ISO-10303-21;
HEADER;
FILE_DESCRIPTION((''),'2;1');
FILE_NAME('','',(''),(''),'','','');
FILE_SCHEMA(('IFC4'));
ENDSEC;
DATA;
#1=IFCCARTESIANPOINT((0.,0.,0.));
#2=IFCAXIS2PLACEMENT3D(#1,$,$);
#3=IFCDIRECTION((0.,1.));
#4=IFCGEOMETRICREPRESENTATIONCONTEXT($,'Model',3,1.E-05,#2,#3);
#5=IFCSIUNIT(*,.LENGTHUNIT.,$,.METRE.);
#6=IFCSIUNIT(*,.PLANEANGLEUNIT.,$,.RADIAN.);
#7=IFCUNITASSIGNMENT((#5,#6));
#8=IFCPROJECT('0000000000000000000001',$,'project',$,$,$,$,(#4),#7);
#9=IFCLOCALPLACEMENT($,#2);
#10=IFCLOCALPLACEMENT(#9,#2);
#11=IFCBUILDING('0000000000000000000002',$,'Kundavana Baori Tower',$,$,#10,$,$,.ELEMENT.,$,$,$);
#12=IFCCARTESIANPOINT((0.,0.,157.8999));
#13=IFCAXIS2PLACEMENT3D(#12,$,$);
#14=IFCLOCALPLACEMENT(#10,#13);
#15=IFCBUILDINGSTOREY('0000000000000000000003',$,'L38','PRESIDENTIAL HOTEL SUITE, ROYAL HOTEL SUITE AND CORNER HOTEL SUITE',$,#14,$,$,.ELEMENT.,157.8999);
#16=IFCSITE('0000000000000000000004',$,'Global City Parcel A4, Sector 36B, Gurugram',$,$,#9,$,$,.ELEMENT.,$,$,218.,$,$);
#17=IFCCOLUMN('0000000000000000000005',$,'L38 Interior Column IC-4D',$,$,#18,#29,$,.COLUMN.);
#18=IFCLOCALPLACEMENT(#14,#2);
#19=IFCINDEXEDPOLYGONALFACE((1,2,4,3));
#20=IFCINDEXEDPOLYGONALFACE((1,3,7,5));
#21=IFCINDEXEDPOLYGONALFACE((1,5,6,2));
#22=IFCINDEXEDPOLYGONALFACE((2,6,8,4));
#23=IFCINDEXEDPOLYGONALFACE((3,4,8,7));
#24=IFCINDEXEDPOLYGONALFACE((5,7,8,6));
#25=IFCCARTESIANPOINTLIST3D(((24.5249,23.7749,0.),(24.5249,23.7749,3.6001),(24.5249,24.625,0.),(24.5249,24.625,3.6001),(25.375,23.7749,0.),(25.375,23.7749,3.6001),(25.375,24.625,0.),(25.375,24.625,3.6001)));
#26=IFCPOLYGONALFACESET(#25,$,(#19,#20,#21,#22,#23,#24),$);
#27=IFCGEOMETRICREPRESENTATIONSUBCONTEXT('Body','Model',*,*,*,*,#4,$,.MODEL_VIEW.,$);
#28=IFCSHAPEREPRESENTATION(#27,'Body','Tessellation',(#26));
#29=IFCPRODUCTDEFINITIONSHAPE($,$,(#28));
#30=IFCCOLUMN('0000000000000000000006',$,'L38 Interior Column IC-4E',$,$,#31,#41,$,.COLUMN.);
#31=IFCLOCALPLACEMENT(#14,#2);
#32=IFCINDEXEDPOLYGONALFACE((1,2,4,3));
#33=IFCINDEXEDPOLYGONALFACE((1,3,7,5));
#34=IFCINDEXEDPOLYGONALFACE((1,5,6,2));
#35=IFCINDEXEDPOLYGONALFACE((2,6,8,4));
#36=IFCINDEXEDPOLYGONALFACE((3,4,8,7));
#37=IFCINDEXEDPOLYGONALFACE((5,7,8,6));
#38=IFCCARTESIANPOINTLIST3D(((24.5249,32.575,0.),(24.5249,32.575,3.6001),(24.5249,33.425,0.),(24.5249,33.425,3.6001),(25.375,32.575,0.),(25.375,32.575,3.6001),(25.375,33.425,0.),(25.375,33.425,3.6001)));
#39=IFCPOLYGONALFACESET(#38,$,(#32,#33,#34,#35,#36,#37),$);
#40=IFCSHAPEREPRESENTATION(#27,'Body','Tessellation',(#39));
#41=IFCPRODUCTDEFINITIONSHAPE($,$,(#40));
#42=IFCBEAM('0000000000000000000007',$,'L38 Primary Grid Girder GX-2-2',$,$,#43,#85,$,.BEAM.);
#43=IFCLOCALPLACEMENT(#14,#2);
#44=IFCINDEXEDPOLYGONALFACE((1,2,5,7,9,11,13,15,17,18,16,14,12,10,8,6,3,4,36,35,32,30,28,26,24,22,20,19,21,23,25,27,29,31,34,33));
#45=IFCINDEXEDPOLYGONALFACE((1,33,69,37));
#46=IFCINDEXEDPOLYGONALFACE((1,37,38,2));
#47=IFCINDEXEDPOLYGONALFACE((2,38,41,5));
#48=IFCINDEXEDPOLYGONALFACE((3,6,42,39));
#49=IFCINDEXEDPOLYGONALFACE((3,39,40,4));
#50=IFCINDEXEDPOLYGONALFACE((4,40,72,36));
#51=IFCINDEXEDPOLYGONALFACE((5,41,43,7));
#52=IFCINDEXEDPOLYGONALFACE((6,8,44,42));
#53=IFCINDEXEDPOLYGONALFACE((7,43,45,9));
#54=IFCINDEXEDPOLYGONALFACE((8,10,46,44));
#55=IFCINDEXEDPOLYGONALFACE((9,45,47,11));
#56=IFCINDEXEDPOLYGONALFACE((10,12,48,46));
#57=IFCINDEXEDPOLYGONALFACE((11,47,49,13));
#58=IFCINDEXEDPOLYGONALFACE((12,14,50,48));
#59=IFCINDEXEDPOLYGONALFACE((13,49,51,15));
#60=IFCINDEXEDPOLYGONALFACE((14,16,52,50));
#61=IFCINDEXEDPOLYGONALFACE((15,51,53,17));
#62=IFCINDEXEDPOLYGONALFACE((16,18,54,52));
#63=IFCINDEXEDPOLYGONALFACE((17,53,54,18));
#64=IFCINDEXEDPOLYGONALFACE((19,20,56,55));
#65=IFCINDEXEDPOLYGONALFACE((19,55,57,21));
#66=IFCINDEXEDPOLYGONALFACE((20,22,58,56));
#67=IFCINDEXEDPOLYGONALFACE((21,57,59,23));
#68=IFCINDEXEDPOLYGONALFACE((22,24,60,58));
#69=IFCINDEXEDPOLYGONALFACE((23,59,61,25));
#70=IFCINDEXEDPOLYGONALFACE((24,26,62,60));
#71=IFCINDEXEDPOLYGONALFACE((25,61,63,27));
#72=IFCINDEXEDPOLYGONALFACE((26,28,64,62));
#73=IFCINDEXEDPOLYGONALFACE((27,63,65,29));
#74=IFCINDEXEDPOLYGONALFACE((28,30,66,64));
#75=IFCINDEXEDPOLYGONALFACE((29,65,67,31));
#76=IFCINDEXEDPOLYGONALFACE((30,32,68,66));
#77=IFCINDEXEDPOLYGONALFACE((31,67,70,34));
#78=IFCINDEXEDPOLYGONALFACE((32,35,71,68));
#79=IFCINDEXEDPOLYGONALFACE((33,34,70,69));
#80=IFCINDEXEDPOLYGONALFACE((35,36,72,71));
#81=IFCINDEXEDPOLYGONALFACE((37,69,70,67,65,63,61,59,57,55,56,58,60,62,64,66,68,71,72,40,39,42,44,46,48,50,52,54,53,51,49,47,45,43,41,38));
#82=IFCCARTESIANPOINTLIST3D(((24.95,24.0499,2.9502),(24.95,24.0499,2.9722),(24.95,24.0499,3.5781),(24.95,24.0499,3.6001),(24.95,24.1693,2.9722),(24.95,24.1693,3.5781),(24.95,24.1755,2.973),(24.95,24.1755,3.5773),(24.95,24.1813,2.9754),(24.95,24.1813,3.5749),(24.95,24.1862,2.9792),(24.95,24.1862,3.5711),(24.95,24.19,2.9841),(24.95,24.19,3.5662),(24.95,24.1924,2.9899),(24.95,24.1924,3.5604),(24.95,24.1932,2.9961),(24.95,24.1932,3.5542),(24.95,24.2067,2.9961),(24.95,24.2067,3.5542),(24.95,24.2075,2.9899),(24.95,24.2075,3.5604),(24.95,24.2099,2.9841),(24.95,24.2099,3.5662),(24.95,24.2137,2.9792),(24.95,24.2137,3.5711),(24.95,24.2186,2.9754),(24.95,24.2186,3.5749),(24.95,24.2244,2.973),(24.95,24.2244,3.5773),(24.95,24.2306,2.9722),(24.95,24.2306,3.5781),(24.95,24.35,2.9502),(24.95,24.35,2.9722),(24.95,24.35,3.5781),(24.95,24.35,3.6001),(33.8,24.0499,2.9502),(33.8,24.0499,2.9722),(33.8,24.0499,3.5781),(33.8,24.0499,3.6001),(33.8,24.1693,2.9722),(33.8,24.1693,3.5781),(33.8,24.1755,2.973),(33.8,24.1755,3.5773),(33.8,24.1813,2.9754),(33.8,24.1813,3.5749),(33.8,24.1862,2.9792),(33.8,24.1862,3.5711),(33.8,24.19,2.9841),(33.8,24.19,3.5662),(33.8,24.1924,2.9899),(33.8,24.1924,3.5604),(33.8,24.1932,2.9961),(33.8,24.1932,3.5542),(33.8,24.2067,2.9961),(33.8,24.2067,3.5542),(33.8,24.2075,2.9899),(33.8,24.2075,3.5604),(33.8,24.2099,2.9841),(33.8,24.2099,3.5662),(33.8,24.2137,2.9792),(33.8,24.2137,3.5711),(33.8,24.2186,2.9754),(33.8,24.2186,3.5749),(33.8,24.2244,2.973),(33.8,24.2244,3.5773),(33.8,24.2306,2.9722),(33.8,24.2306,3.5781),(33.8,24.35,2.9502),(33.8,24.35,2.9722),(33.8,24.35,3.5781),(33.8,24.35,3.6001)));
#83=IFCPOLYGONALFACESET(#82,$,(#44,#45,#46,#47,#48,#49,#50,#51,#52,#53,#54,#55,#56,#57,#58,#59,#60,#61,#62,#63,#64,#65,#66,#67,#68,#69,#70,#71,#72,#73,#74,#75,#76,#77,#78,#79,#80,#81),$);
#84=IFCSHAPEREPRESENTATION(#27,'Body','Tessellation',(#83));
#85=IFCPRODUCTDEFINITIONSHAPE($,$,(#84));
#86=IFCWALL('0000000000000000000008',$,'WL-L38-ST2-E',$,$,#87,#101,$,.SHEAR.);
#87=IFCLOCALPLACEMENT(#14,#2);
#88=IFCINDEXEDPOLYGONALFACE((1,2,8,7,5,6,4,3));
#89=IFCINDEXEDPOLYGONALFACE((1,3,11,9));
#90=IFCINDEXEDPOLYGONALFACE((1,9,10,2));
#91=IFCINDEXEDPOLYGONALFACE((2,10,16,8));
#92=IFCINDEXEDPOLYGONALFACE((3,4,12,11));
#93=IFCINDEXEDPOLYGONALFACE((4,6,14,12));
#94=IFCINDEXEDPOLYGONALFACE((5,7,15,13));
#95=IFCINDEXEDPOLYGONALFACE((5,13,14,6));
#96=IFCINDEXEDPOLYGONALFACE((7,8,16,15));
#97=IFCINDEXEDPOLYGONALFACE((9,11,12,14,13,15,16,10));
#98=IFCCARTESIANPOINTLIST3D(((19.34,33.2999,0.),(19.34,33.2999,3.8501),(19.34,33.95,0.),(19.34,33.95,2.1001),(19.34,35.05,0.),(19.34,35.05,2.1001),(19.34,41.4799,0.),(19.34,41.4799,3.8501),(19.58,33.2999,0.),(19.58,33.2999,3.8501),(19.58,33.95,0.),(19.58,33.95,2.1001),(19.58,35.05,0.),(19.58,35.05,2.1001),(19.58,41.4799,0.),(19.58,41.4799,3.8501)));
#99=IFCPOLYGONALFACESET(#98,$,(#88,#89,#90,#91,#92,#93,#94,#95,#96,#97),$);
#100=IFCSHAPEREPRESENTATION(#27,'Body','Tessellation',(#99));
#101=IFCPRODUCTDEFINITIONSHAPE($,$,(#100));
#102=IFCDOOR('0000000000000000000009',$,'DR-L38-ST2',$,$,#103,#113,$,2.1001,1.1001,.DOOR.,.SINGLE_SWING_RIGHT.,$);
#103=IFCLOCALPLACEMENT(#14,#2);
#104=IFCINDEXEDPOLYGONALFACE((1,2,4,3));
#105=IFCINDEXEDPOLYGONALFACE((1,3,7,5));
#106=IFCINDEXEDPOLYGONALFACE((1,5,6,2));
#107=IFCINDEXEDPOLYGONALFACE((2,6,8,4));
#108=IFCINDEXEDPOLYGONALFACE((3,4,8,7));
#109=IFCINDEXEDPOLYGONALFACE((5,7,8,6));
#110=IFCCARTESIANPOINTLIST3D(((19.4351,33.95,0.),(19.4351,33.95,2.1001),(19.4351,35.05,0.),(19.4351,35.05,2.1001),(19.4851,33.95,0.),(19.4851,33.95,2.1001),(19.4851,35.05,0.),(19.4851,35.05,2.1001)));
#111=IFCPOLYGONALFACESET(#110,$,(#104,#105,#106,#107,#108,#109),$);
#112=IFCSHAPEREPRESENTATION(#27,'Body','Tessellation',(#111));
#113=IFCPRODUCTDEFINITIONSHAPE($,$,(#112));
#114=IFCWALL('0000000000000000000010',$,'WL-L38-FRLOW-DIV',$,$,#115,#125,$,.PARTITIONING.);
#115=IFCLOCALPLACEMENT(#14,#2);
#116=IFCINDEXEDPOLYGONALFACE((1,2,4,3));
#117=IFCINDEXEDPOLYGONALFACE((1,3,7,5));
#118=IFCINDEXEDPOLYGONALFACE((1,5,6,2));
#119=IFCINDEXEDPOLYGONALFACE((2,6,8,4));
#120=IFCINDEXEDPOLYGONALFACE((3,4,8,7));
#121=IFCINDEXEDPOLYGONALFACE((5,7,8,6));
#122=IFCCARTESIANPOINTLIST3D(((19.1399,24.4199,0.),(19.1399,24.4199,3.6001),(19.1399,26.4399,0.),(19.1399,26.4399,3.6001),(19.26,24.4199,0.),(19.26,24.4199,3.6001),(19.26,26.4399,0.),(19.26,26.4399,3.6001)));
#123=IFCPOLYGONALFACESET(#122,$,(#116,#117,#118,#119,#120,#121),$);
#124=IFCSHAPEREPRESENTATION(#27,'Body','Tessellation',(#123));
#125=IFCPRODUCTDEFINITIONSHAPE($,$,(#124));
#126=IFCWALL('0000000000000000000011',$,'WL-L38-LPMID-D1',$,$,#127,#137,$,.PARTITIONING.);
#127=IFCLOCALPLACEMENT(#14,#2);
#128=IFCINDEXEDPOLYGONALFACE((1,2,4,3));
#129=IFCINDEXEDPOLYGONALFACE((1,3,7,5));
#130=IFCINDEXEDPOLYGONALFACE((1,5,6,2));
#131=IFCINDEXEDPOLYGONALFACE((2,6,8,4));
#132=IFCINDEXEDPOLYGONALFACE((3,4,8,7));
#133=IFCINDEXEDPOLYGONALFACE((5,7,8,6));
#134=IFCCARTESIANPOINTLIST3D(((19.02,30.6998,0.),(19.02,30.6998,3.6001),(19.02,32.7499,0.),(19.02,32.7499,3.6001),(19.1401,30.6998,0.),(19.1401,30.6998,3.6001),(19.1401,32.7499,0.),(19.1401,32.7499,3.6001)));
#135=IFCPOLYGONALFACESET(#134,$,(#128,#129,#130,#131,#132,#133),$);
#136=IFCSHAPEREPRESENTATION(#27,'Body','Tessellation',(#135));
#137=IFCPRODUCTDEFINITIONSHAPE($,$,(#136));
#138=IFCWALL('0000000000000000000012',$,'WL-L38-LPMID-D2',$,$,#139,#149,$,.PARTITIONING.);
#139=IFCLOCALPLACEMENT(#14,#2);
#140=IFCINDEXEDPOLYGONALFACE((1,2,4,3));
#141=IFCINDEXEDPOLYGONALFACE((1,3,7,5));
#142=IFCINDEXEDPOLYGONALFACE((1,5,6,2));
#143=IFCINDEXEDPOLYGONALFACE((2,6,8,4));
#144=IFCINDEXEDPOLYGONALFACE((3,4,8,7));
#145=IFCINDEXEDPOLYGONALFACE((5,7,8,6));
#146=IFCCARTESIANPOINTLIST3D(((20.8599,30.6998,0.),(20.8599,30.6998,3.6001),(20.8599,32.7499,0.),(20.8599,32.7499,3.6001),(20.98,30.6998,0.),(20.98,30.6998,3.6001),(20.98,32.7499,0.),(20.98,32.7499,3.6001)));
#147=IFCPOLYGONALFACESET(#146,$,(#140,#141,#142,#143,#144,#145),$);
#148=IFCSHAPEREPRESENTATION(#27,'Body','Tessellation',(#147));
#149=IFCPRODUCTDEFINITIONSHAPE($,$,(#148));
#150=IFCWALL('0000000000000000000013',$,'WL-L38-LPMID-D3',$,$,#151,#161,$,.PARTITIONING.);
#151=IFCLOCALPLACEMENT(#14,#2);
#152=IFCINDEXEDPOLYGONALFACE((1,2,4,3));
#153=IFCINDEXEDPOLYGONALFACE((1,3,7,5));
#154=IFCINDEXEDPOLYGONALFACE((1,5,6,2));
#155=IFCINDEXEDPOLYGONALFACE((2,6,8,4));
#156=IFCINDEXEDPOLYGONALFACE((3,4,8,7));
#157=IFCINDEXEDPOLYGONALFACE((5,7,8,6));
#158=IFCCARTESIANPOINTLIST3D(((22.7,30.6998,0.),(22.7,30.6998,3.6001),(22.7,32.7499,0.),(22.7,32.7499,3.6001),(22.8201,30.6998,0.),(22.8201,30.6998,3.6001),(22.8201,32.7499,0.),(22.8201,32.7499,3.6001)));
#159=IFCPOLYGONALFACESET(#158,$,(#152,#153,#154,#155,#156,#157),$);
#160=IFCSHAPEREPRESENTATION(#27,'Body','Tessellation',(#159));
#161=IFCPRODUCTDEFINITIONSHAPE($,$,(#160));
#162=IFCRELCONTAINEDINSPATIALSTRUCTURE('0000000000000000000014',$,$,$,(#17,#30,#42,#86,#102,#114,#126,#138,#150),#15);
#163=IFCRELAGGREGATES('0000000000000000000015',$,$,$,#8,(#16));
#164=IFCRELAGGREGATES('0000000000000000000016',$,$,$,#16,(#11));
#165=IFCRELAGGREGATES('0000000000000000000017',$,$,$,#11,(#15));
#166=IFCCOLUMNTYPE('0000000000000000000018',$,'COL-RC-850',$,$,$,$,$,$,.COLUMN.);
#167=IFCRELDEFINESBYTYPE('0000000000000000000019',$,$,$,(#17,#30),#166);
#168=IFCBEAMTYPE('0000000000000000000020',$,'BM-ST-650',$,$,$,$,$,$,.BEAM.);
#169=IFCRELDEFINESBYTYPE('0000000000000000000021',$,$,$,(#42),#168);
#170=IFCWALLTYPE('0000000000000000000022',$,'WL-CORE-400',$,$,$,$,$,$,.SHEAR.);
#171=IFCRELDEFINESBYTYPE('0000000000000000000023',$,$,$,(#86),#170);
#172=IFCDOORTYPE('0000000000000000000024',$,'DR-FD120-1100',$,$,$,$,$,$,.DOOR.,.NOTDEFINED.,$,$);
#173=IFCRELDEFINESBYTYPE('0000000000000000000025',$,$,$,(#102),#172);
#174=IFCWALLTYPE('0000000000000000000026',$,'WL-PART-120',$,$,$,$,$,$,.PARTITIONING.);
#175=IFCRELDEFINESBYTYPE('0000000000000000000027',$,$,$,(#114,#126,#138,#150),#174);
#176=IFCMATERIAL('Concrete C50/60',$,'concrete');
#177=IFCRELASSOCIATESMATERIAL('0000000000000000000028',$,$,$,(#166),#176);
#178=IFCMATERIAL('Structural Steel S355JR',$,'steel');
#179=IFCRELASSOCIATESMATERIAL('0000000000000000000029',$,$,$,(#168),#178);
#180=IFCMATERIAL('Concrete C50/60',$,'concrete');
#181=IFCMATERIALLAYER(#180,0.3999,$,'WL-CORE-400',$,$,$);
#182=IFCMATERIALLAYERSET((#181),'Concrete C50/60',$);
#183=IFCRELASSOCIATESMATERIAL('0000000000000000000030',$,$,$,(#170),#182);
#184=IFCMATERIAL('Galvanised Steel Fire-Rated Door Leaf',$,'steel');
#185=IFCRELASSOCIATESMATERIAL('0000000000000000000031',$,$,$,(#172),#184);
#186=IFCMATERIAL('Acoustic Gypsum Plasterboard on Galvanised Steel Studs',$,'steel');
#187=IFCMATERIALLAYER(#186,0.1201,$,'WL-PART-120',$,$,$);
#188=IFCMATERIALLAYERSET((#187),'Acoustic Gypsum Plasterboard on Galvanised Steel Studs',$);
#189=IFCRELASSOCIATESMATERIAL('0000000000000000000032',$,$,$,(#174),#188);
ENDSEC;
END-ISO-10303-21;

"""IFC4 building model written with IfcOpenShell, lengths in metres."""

from ifc_helpers import new_model, si_unit, direction, frame, frame_2d, origin, origin_2d, place, context, subcontext, project, spatial, rectangle, i_section, extrude, material, layer, layer_set, material_profile, profile_set, type_object, element, fill, save


model = new_model("IFC4")

# Units and contexts
model_context = context("Model", 3, precision=1e-05, world=origin(), true_north=direction((0.0, 1.0)))
body_context = subcontext(model_context, "Body", "Model", "MODEL_VIEW")
ifc_project = project(units=[si_unit("LENGTHUNIT", "METRE"), si_unit("PLANEANGLEUNIT", "RADIAN")], contexts=[model_context])

# Site, building, storey
site_placement = place(None, origin())
site = spatial("IfcSite", under=ifc_project, at=site_placement, Name="Global City Parcel A4, Sector 36B, Gurugram", CompositionType="ELEMENT", RefElevation=218.0)
building_placement = place(site_placement, origin())
building = spatial("IfcBuilding", under=site, at=building_placement, Name="Kundavana Baori Tower", CompositionType="ELEMENT")
storey_placement = place(building_placement, frame((0.0, 0.0, 157.8999)))
storey = spatial("IfcBuildingStorey", under=building, at=storey_placement, Name="L38", Description="PRESIDENTIAL HOTEL SUITE, ROYAL HOTEL SUITE AND CORNER HOTEL SUITE", CompositionType="ELEMENT", Elevation=157.8999)

# Columns
ifc_material_1 = material(Name="Concrete C50/60", Category="concrete")
ifc_material_profile_1 = material_profile(ifc_material_1, rectangle(XDim=0.8501, YDim=0.8501, at=origin_2d()), Name="RC 850x850")
ifc_profile_set_1 = profile_set([ifc_material_profile_1], Name="Concrete C50/60")
column_type = type_object("IfcColumnType", Name="COL-RC-850", PredefinedType="COLUMN", material=ifc_profile_set_1)
for number, where, z_axis, x_axis, name in (
    (1, (24.95, 24.2, 0.0), (0.0, 0.0, 1.0), (1.0, 0.0, 0.0), "L38 Interior Column IC-4D"),
    (2, (24.95, 33.0, 0.0), (0.0, 0.0, 1.0), (1.0, 0.0, 0.0), "L38 Interior Column IC-4E"),
):
    element("IfcColumn", number, at=place(storey_placement, frame(where, z_axis=z_axis, x_axis=x_axis)), inside=storey, type_object=column_type, Name=name, PredefinedType="COLUMN", context=body_context, shape_type="SweptSolid", body=[
        extrude(rectangle(XDim=0.8501, YDim=0.8501, at=origin_2d()), origin(), (0.0, 0.0, 1.0), 3.6001),
    ])

# Beam
ifc_material_2 = material(Name="Structural Steel S355JR", Category="steel")
ifc_material_profile_2 = material_profile(ifc_material_2, i_section(OverallWidth=0.3, OverallDepth=0.6499, WebThickness=0.0134, FlangeThickness=0.022, FilletRadius=0.0239, at=origin_2d()), Name="NPB 650x300x155")
ifc_profile_set_2 = profile_set([ifc_material_profile_2], Name="Structural Steel S355JR")
beam_type = type_object("IfcBeamType", Name="BM-ST-650", PredefinedType="BEAM", material=ifc_profile_set_2)
beam_placement = place(storey_placement, frame((24.95, 24.2, 3.2751), z_axis=(1.0, 0.0, 0.0), x_axis=(0.0, 1.0, 0.0)))
element("IfcBeam", 3, at=beam_placement, inside=storey, type_object=beam_type, Name="L38 Primary Grid Girder GX-2-2", PredefinedType="BEAM", context=body_context, shape_type="SweptSolid", body=[
    extrude(i_section(OverallWidth=0.3, OverallDepth=0.6499, WebThickness=0.0134, FlangeThickness=0.022, FilletRadius=0.0239, at=origin_2d()), origin(), (0.0, 0.0, 1.0), 8.8501),
])

# Wall, opening, door
ifc_material_3 = material(Name="Concrete C50/60", Category="concrete")
ifc_layer_1 = layer(ifc_material_3, 0.3999, Name="WL-CORE-400")
ifc_layer_set_1 = layer_set([ifc_layer_1], Name="Concrete C50/60")
wall_type_1 = type_object("IfcWallType", Name="WL-CORE-400", PredefinedType="SHEAR", material=ifc_layer_set_1)
wall_1_placement = place(storey_placement, frame((19.46, 33.3, 0.0), z_axis=(0.0, 0.0, 1.0), x_axis=(0.0, 1.0, 0.0)))
wall_1 = element("IfcWall", 4, at=wall_1_placement, inside=storey, type_object=wall_type_1, Name="WL-L38-ST2-E", PredefinedType="SHEAR", context=body_context, shape_type="SweptSolid", body=[
    extrude(rectangle(XDim=8.1799, YDim=0.24, at=frame_2d((4.0898, 0.0))), origin(), (0.0, 0.0, 1.0), 3.8501),
])
opening_1_placement = place(wall_1_placement, frame((0.6499, 0.0, 0.0)))
opening_1 = element("IfcOpeningElement", 5, at=opening_1_placement, cuts=wall_1, PredefinedType="OPENING", context=body_context, shape_type="SweptSolid", body=[
    extrude(rectangle(XDim=1.1001, YDim=2.1001, at=frame_2d((0.55, 1.05))), frame((0.0, 0.1299, 0.0), z_axis=(0.0, -1.0, 0.0), x_axis=(1.0, 0.0, 0.0)), (0.0, 0.0, 1.0), 0.26),
])
ifc_material_4 = material(Name="Galvanised Steel Fire-Rated Door Leaf", Category="steel")
door_type_1 = type_object("IfcDoorType", Name="DR-FD120-1100", OperationType="NOTDEFINED", PredefinedType="DOOR", material=ifc_material_4)
door_1_placement = place(opening_1_placement, origin())
door_1 = element("IfcDoor", 6, at=door_1_placement, inside=storey, type_object=door_type_1, Name="DR-L38-ST2", OperationType="SINGLE_SWING_RIGHT", OverallHeight=2.1001, OverallWidth=1.1001, PredefinedType="DOOR", context=body_context, shape_type="SweptSolid", body=[
    extrude(rectangle(XDim=1.1001, YDim=2.1001, at=frame_2d((0.55, 1.05))), frame((0.0, 0.0249, 0.0), z_axis=(0.0, -1.0, 0.0), x_axis=(1.0, 0.0, 0.0)), (0.0, 0.0, 1.0), 0.05),
])
fill(opening_1, door_1)

# Walls
ifc_material_5 = material(Name="Acoustic Gypsum Plasterboard on Galvanised Steel Studs", Category="steel")
ifc_layer_2 = layer(ifc_material_5, 0.1201, Name="WL-PART-120")
ifc_layer_set_2 = layer_set([ifc_layer_2], Name="Acoustic Gypsum Plasterboard on Galvanised Steel Studs")
wall_type_2 = type_object("IfcWallType", Name="WL-PART-120", PredefinedType="PARTITIONING", material=ifc_layer_set_2)
wall_2_placement = place(storey_placement, frame((19.2, 24.4199, 0.0), z_axis=(0.0, 0.0, 1.0), x_axis=(0.0, 1.0, 0.0)))
element("IfcWall", 7, at=wall_2_placement, inside=storey, type_object=wall_type_2, Name="WL-L38-FRLOW-DIV", PredefinedType="PARTITIONING", context=body_context, shape_type="SweptSolid", body=[
    extrude(rectangle(XDim=2.02, YDim=0.1201, at=frame_2d((1.01, 0.0))), origin(), (0.0, 0.0, 1.0), 3.6001),
])
for number, where, z_axis, x_axis, name in (
    (8, (19.0801, 30.7, 0.0), (0.0, 0.0, 1.0), (0.0, 1.0, 0.0), "WL-L38-LPMID-D1"),
    (9, (20.9199, 30.7, 0.0), (0.0, 0.0, 1.0), (0.0, 1.0, 0.0), "WL-L38-LPMID-D2"),
    (10, (22.76, 30.7, 0.0), (0.0, 0.0, 1.0), (0.0, 1.0, 0.0), "WL-L38-LPMID-D3"),
):
    element("IfcWall", number, at=place(storey_placement, frame(where, z_axis=z_axis, x_axis=x_axis)), inside=storey, type_object=wall_type_2, Name=name, PredefinedType="PARTITIONING", context=body_context, shape_type="SweptSolid", body=[
        extrude(rectangle(XDim=2.05, YDim=0.1201, at=frame_2d((1.0249, 0.0))), origin(), (0.0, 0.0, 1.0), 3.6001),
    ])

save(model, "model.ifc")
